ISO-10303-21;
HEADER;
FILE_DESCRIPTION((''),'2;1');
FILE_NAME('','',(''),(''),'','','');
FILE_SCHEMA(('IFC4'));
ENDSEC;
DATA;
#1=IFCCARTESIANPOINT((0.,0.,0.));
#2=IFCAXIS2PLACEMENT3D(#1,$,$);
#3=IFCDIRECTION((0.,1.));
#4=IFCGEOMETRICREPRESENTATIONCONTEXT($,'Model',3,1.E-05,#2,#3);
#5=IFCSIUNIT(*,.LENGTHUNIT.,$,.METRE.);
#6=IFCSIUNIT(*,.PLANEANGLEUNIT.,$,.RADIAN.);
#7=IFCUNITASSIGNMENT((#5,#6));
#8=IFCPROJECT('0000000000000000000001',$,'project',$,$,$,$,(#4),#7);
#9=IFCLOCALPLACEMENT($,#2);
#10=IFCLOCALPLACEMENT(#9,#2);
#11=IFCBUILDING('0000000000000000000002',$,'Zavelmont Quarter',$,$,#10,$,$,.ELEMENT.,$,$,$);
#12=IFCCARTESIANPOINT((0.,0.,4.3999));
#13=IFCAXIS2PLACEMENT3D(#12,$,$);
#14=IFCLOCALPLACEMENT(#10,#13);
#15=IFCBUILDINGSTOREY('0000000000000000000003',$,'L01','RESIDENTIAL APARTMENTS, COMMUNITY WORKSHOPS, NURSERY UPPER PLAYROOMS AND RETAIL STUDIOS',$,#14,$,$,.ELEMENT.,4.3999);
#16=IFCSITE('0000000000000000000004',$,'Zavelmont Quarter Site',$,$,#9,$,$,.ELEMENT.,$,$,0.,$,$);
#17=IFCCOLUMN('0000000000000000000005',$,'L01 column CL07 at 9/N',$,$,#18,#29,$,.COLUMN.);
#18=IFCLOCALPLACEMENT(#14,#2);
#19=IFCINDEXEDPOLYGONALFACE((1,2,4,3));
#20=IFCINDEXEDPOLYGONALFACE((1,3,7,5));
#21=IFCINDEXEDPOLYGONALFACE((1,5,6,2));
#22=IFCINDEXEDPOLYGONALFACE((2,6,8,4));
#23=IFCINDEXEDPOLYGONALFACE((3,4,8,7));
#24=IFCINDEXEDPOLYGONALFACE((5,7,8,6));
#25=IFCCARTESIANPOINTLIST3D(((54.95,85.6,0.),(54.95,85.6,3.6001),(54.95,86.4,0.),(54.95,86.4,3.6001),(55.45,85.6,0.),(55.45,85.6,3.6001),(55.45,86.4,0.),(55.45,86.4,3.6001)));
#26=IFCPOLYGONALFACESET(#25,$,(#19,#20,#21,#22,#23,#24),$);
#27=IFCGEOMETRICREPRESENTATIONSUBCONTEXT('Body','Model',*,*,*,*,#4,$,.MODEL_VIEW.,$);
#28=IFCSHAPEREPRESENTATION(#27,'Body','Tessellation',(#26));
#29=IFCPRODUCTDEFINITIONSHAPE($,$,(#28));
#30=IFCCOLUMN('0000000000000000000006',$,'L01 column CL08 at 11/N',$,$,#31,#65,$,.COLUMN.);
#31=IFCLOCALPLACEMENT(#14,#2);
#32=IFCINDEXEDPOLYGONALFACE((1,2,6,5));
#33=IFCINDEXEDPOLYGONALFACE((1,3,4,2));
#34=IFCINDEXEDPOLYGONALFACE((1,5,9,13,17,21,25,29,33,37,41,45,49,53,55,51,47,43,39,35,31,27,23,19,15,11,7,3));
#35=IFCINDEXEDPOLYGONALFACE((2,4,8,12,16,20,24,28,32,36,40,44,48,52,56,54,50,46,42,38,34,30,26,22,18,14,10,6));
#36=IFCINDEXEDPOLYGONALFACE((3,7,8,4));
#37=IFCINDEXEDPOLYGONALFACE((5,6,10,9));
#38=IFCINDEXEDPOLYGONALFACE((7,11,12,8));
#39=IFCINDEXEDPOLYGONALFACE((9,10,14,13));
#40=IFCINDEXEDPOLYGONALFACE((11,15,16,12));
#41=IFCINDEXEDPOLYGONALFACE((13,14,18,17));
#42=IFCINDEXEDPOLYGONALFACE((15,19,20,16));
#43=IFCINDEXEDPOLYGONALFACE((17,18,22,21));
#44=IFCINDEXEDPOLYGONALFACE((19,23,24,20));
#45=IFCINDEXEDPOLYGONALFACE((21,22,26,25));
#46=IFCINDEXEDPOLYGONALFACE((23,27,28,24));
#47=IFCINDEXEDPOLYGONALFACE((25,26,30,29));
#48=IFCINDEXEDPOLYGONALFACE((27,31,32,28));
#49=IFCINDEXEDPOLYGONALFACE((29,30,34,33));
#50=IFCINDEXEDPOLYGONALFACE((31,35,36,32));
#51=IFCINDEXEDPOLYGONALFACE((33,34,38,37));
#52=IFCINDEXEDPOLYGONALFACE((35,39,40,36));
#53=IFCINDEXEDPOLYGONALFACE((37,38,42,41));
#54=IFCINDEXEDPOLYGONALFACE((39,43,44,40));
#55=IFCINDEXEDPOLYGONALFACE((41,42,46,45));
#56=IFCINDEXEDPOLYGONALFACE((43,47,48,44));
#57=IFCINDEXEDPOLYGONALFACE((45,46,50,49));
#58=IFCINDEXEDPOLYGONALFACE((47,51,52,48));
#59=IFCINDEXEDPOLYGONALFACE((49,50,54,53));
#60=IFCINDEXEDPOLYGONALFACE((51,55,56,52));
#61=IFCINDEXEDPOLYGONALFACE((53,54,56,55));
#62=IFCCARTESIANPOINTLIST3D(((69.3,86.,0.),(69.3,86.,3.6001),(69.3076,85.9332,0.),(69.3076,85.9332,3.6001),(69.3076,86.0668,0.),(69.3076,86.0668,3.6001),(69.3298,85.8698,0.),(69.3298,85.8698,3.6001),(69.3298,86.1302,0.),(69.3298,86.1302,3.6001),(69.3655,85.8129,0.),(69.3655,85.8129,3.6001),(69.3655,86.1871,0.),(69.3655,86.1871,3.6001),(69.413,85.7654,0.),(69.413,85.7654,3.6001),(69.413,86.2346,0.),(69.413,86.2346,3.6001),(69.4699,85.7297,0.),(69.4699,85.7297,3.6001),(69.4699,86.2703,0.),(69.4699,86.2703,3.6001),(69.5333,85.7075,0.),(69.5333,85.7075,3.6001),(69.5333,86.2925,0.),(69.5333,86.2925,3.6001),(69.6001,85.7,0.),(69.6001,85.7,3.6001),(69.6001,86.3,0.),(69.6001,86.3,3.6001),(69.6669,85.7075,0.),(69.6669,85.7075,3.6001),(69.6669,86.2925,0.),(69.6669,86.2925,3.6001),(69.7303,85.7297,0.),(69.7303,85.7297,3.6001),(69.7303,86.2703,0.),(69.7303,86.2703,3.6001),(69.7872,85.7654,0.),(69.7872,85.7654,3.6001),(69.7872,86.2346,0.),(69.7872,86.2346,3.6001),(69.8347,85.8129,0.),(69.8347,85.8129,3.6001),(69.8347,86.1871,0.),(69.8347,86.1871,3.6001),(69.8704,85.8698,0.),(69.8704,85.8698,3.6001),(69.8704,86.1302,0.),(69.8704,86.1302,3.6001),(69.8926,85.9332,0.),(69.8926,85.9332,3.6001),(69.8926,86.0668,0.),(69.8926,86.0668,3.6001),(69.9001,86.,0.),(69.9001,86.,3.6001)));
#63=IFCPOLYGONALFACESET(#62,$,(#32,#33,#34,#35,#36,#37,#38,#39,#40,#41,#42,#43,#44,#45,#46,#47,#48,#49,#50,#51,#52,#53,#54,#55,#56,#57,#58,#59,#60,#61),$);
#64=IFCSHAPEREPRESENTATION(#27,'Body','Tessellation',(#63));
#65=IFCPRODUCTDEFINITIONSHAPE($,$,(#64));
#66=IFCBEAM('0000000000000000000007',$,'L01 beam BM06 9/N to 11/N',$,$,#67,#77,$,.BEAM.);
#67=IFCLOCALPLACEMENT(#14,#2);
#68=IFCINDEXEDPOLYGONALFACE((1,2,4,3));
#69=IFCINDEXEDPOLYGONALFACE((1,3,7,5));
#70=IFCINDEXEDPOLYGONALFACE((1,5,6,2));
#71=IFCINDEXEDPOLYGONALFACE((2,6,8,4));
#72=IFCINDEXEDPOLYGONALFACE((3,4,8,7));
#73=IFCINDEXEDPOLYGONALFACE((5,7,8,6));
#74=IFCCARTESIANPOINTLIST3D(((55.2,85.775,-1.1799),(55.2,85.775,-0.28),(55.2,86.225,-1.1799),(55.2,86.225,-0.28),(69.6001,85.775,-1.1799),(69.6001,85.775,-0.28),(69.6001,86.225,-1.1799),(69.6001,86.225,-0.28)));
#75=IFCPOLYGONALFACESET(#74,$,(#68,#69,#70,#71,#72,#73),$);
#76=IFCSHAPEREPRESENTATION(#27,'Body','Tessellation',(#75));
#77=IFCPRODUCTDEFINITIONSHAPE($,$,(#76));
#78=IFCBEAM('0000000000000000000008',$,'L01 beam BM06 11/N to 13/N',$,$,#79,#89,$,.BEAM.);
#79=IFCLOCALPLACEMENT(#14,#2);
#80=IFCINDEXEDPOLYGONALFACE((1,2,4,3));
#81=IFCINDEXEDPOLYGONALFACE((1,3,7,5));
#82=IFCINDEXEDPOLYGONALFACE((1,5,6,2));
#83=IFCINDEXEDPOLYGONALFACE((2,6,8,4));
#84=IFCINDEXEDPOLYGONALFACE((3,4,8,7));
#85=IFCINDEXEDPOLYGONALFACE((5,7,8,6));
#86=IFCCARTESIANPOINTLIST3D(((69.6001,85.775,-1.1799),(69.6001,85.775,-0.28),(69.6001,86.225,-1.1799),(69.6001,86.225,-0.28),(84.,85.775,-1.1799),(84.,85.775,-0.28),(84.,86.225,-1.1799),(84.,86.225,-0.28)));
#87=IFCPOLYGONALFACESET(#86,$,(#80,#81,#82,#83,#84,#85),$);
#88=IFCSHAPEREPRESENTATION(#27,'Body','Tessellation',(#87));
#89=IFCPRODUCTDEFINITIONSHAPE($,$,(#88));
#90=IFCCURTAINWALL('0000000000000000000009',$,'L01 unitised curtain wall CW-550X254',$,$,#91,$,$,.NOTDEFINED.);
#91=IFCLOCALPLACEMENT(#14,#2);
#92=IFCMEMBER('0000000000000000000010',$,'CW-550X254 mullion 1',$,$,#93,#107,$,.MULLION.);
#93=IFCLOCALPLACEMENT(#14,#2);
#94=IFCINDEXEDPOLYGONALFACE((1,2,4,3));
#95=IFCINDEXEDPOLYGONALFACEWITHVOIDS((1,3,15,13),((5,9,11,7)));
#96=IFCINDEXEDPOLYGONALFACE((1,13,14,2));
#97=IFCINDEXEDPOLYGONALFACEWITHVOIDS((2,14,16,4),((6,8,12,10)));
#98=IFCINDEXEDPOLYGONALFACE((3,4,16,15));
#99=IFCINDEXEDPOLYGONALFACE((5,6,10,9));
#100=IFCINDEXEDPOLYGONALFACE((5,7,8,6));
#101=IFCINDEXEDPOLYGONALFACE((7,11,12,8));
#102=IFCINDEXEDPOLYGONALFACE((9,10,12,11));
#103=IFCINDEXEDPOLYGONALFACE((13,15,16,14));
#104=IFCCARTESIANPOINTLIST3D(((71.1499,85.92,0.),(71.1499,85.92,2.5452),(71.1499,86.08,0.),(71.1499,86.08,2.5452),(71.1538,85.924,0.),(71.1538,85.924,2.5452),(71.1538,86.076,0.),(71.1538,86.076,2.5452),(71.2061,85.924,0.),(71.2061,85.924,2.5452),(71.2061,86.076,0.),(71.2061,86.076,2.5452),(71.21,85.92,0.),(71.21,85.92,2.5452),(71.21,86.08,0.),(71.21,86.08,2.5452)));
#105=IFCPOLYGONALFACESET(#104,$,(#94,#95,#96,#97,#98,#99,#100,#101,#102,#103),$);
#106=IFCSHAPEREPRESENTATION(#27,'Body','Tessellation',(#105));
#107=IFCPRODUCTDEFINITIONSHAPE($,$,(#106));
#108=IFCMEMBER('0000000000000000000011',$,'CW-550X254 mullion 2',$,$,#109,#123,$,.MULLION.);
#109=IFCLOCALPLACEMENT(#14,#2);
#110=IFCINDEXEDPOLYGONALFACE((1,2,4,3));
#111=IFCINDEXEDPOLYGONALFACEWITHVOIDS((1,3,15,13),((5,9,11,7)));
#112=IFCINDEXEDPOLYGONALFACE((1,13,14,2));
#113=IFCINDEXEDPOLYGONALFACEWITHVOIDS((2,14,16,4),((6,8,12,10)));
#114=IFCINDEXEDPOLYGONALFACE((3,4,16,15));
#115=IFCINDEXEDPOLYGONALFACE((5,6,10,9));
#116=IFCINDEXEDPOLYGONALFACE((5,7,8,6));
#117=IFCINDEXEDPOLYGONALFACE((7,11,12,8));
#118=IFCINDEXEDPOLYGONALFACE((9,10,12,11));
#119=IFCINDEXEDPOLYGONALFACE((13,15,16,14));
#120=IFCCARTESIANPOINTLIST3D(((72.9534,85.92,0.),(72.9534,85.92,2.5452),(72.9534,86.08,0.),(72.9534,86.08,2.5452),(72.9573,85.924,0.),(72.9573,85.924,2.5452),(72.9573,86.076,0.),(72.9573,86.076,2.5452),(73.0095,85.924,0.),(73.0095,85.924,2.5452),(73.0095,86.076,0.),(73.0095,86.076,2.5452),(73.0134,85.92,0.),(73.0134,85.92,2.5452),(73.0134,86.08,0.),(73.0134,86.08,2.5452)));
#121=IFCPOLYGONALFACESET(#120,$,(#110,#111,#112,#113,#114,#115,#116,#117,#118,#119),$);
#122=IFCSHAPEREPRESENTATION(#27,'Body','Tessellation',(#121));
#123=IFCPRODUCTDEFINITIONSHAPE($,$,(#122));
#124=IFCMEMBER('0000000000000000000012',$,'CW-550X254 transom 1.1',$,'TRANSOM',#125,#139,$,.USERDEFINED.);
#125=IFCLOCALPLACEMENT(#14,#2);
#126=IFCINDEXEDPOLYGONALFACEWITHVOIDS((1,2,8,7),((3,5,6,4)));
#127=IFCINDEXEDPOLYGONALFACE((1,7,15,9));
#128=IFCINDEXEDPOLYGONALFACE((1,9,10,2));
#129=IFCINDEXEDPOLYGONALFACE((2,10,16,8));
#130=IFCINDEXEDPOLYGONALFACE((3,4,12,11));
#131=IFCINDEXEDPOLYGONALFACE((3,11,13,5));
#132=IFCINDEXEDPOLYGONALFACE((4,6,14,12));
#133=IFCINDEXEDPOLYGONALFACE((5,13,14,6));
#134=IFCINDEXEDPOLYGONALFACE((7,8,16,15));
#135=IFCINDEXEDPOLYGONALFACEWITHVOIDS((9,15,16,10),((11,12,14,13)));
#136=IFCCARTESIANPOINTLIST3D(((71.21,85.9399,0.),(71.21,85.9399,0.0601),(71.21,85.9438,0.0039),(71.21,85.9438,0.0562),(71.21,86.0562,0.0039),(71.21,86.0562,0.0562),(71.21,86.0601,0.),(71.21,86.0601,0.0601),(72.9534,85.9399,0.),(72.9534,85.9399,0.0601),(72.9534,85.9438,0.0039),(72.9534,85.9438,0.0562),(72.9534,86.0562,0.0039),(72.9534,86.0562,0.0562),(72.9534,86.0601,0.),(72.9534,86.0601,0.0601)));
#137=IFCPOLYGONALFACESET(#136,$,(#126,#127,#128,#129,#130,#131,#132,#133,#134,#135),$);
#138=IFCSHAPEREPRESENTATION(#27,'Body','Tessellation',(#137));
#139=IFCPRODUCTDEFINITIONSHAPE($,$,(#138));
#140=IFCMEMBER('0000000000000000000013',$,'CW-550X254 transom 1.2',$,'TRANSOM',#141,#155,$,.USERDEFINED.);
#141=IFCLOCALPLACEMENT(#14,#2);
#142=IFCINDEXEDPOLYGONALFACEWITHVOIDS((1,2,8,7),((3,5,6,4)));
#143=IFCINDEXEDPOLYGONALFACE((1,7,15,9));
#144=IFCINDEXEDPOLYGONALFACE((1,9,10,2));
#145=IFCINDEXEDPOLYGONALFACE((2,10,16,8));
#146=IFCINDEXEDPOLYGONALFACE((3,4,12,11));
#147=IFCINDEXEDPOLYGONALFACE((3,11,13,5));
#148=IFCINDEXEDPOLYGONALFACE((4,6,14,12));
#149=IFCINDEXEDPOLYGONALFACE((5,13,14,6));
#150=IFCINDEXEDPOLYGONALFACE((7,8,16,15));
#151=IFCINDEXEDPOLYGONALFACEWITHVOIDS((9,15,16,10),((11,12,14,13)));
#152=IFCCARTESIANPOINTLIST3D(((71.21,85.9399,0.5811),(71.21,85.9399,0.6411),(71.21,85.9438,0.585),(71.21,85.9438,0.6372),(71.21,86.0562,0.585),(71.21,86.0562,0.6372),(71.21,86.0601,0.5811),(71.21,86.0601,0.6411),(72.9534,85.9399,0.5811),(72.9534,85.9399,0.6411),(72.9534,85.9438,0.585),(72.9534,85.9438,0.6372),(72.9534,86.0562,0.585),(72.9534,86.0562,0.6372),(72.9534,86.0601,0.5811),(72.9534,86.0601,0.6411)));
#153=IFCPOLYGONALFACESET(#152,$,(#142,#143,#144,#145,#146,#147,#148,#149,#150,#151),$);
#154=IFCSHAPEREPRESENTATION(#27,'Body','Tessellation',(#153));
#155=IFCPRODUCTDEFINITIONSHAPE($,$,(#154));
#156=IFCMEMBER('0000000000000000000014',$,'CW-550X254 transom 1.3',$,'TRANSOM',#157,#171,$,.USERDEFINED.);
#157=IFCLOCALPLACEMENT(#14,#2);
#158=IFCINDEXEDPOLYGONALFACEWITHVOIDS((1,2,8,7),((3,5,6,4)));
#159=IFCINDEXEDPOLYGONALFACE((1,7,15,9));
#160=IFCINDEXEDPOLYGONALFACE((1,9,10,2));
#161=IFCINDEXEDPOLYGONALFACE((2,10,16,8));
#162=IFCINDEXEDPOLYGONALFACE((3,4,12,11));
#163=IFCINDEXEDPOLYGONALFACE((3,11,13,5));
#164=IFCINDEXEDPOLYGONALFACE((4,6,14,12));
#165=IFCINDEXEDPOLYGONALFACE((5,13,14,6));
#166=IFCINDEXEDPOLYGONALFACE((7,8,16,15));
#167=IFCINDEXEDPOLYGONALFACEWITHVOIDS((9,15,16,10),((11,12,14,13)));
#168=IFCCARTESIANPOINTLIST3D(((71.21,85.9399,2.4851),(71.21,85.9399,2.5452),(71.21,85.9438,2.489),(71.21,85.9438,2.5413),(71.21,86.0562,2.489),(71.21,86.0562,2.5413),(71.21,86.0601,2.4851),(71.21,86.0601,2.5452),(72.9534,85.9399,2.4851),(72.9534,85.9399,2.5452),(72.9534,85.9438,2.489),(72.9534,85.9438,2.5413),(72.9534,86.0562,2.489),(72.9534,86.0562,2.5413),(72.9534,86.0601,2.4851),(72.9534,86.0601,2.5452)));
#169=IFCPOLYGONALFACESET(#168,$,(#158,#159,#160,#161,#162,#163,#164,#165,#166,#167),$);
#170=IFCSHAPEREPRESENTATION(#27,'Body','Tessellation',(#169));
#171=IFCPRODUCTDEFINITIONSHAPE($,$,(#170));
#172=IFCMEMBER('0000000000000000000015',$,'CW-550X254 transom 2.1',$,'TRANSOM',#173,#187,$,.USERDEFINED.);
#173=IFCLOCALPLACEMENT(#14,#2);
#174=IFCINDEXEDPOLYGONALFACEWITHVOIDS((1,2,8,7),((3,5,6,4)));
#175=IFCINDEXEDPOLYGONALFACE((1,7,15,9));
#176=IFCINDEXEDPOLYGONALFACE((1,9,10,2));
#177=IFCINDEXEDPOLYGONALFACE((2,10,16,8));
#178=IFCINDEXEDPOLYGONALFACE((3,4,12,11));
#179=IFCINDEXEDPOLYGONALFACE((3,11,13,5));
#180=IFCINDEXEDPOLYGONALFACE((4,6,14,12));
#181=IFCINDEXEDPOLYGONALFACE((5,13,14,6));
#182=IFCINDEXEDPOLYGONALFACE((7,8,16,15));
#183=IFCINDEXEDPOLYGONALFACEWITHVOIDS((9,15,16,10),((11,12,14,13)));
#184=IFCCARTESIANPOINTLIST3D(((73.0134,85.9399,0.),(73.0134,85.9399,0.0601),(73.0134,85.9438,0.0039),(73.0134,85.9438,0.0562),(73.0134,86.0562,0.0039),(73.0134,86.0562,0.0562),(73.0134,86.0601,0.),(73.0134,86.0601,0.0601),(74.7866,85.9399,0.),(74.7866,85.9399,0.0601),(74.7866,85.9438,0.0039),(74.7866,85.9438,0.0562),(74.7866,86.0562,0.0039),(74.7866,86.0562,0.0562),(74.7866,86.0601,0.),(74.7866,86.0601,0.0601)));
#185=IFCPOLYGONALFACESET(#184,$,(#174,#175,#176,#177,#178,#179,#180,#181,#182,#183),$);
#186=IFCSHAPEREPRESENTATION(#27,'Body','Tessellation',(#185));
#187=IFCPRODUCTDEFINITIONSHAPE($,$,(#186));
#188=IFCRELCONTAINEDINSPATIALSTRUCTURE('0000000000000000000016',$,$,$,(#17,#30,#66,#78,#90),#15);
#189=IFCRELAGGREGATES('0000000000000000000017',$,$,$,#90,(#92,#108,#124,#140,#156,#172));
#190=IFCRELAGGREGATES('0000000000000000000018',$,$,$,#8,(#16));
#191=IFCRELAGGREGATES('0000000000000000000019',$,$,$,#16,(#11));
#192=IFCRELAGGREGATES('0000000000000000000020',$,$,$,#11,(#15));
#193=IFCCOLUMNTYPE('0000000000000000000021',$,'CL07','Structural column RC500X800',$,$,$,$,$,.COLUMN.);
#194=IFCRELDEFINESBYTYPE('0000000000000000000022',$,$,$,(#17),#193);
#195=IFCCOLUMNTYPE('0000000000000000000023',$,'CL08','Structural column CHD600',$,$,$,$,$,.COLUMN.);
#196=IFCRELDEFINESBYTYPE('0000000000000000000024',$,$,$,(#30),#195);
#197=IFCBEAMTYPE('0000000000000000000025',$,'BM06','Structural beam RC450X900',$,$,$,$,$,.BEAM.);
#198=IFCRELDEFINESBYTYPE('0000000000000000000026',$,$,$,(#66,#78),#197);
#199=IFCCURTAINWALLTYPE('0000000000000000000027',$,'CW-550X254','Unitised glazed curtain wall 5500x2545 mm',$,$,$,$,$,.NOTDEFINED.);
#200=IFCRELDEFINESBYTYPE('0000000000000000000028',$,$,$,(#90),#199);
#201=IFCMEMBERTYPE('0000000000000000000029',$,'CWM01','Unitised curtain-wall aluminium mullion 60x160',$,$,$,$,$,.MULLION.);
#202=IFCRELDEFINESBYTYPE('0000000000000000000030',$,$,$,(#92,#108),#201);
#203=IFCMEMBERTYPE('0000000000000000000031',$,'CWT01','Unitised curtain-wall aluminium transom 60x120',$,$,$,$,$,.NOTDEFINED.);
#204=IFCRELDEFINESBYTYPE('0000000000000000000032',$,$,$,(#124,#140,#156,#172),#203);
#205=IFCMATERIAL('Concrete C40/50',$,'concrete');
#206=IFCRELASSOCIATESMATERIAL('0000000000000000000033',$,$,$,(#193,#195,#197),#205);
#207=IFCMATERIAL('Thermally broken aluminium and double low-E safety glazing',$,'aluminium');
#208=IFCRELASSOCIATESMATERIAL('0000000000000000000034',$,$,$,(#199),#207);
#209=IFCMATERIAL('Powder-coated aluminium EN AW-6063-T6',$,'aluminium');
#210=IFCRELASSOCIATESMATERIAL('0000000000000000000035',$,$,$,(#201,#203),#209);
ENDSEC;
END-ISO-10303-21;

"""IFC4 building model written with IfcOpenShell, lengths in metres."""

from ifc_helpers import new_model, si_unit, direction, frame, origin, origin_2d, place, context, subcontext, project, spatial, rectangle, hollow_rectangle, circle, extrude, material, material_profile, profile_set, type_object, element, aggregate, save


model = new_model("IFC4")

# Units and contexts
model_context = context("Model", 3, precision=1e-05, world=origin(), true_north=direction((0.0, 1.0)))
body_context = subcontext(model_context, "Body", "Model", "MODEL_VIEW")
ifc_project = project(units=[si_unit("LENGTHUNIT", "METRE"), si_unit("PLANEANGLEUNIT", "RADIAN")], contexts=[model_context])

# Site, building, storey
site_placement = place(None, origin())
site = spatial("IfcSite", under=ifc_project, at=site_placement, Name="Zavelmont Quarter Site", CompositionType="ELEMENT", RefElevation=0.0)
building_placement = place(site_placement, origin())
building = spatial("IfcBuilding", under=site, at=building_placement, Name="Zavelmont Quarter", CompositionType="ELEMENT")
storey_placement = place(building_placement, frame((0.0, 0.0, 4.3999)))
storey = spatial("IfcBuildingStorey", under=building, at=storey_placement, Name="L01", Description="RESIDENTIAL APARTMENTS, COMMUNITY WORKSHOPS, NURSERY UPPER PLAYROOMS AND RETAIL STUDIOS", CompositionType="ELEMENT", Elevation=4.3999)

# Columns
ifc_material_1 = material(Name="Concrete C40/50", Category="concrete")
ifc_material_profile_1 = material_profile(ifc_material_1, rectangle(XDim=0.5, YDim=0.8, at=origin_2d()), Name="RC500X800")
ifc_profile_set_1 = profile_set([ifc_material_profile_1], Name="Concrete C40/50")
column_type_1 = type_object("IfcColumnType", Name="CL07", Description="Structural column RC500X800", PredefinedType="COLUMN", material=ifc_profile_set_1)
column_1_placement = place(storey_placement, frame((55.2, 86.0, 0.0), z_axis=(0.0, 0.0, 1.0), x_axis=(1.0, 0.0, 0.0)))
element("IfcColumn", 1, at=column_1_placement, inside=storey, type_object=column_type_1, Name="L01 column CL07 at 9/N", PredefinedType="COLUMN", context=body_context, shape_type="SweptSolid", body=[
    extrude(rectangle(XDim=0.5, YDim=0.8, at=origin_2d()), origin(), (0.0, 0.0, 1.0), 3.6001),
])
ifc_material_profile_2 = material_profile(ifc_material_1, circle(Radius=0.3, at=origin_2d()), Name="CHD600")
ifc_profile_set_2 = profile_set([ifc_material_profile_2], Name="Concrete C40/50")
column_type_2 = type_object("IfcColumnType", Name="CL08", Description="Structural column CHD600", PredefinedType="COLUMN", material=ifc_profile_set_2)
column_2_placement = place(storey_placement, frame((69.6001, 86.0, 0.0), z_axis=(0.0, 0.0, 1.0), x_axis=(1.0, 0.0, 0.0)))
element("IfcColumn", 2, at=column_2_placement, inside=storey, type_object=column_type_2, Name="L01 column CL08 at 11/N", PredefinedType="COLUMN", context=body_context, shape_type="SweptSolid", body=[
    extrude(circle(Radius=0.3, at=origin_2d()), origin(), (0.0, 0.0, 1.0), 3.6001),
])

# Beams
ifc_material_profile_3 = material_profile(ifc_material_1, rectangle(XDim=0.45, YDim=0.8999, at=origin_2d()), Name="RC450X900")
ifc_profile_set_3 = profile_set([ifc_material_profile_3], Name="Concrete C40/50")
beam_type = type_object("IfcBeamType", Name="BM06", Description="Structural beam RC450X900", PredefinedType="BEAM", material=ifc_profile_set_3)
beam_1_placement = place(storey_placement, frame((55.2, 86.0, -0.73), z_axis=(1.0, 0.0, 0.0), x_axis=(0.0, 1.0, 0.0)))
element("IfcBeam", 3, at=beam_1_placement, inside=storey, type_object=beam_type, Name="L01 beam BM06 9/N to 11/N", PredefinedType="BEAM", context=body_context, shape_type="SweptSolid", body=[
    extrude(rectangle(XDim=0.45, YDim=0.8999, at=origin_2d()), origin(), (0.0, 0.0, 1.0), 14.4001),
])
beam_2_placement = place(storey_placement, frame((69.6001, 86.0, -0.73), z_axis=(1.0, 0.0, 0.0), x_axis=(0.0, 1.0, 0.0)))
element("IfcBeam", 4, at=beam_2_placement, inside=storey, type_object=beam_type, Name="L01 beam BM06 11/N to 13/N", PredefinedType="BEAM", context=body_context, shape_type="SweptSolid", body=[
    extrude(rectangle(XDim=0.45, YDim=0.8999, at=origin_2d()), origin(), (0.0, 0.0, 1.0), 14.3999),
])

# Curtain wall, members
ifc_material_2 = material(Name="Thermally broken aluminium and double low-E safety glazing", Category="aluminium")
curtain_wall_type = type_object("IfcCurtainWallType", Name="CW-550X254", Description="Unitised glazed curtain wall 5500x2545 mm", PredefinedType="NOTDEFINED", material=ifc_material_2)
curtain_wall_placement = place(storey_placement, origin())
curtain_wall = element("IfcCurtainWall", 5, at=curtain_wall_placement, inside=storey, type_object=curtain_wall_type, Name="L01 unitised curtain wall CW-550X254", PredefinedType="NOTDEFINED")
ifc_material_3 = material(Name="Powder-coated aluminium EN AW-6063-T6", Category="aluminium")
ifc_material_profile_4 = material_profile(ifc_material_3, hollow_rectangle(XDim=0.0601, YDim=0.1599, WallThickness=0.0039, at=origin_2d()), Name="CWM60X160")
ifc_profile_set_4 = profile_set([ifc_material_profile_4], Name="Powder-coated aluminium EN AW-6063-T6")
member_type_1 = type_object("IfcMemberType", Name="CWM01", Description="Unitised curtain-wall aluminium mullion 60x160", PredefinedType="MULLION", material=ifc_profile_set_4)
member_1_placement = place(storey_placement, frame((71.1799, 86.0, 0.0), z_axis=(0.0, 0.0, 1.0), x_axis=(1.0, 0.0, 0.0)))
member_1 = element("IfcMember", 6, at=member_1_placement, type_object=member_type_1, Name="CW-550X254 mullion 1", PredefinedType="MULLION", context=body_context, shape_type="SweptSolid", body=[
    extrude(hollow_rectangle(XDim=0.0601, YDim=0.1599, WallThickness=0.0039, at=origin_2d()), origin(), (0.0, 0.0, 1.0), 2.5452),
])
member_2_placement = place(storey_placement, frame((72.9834, 86.0, 0.0), z_axis=(0.0, 0.0, 1.0), x_axis=(1.0, 0.0, 0.0)))
member_2 = element("IfcMember", 7, at=member_2_placement, type_object=member_type_1, Name="CW-550X254 mullion 2", PredefinedType="MULLION", context=body_context, shape_type="SweptSolid", body=[
    extrude(hollow_rectangle(XDim=0.0601, YDim=0.1599, WallThickness=0.0039, at=origin_2d()), origin(), (0.0, 0.0, 1.0), 2.5452),
])
ifc_material_profile_5 = material_profile(ifc_material_3, hollow_rectangle(XDim=0.1201, YDim=0.0601, WallThickness=0.0039, at=origin_2d()), Name="CWT60X120")
ifc_profile_set_5 = profile_set([ifc_material_profile_5], Name="Powder-coated aluminium EN AW-6063-T6")
member_type_2 = type_object("IfcMemberType", Name="CWT01", Description="Unitised curtain-wall aluminium transom 60x120", PredefinedType="NOTDEFINED", material=ifc_profile_set_5)
member_3_placement = place(storey_placement, frame((71.21, 86.0, 0.03), z_axis=(1.0, 0.0, 0.0), x_axis=(0.0, 1.0, 0.0)))
member_3 = element("IfcMember", 8, at=member_3_placement, type_object=member_type_2, Name="CW-550X254 transom 1.1", ObjectType="TRANSOM", PredefinedType="USERDEFINED", context=body_context, shape_type="SweptSolid", body=[
    extrude(hollow_rectangle(XDim=0.1201, YDim=0.0601, WallThickness=0.0039, at=origin_2d()), origin(), (0.0, 0.0, 1.0), 1.7434),
])
member_4_placement = place(storey_placement, frame((71.21, 86.0, 0.6111), z_axis=(1.0, 0.0, 0.0), x_axis=(0.0, 1.0, 0.0)))
member_4 = element("IfcMember", 9, at=member_4_placement, type_object=member_type_2, Name="CW-550X254 transom 1.2", ObjectType="TRANSOM", PredefinedType="USERDEFINED", context=body_context, shape_type="SweptSolid", body=[
    extrude(hollow_rectangle(XDim=0.1201, YDim=0.0601, WallThickness=0.0039, at=origin_2d()), origin(), (0.0, 0.0, 1.0), 1.7434),
])
member_5_placement = place(storey_placement, frame((71.21, 86.0, 2.5151), z_axis=(1.0, 0.0, 0.0), x_axis=(0.0, 1.0, 0.0)))
member_5 = element("IfcMember", 10, at=member_5_placement, type_object=member_type_2, Name="CW-550X254 transom 1.3", ObjectType="TRANSOM", PredefinedType="USERDEFINED", context=body_context, shape_type="SweptSolid", body=[
    extrude(hollow_rectangle(XDim=0.1201, YDim=0.0601, WallThickness=0.0039, at=origin_2d()), origin(), (0.0, 0.0, 1.0), 1.7434),
])
member_6_placement = place(storey_placement, frame((73.0134, 86.0, 0.03), z_axis=(1.0, 0.0, 0.0), x_axis=(0.0, 1.0, 0.0)))
member_6 = element("IfcMember", 11, at=member_6_placement, type_object=member_type_2, Name="CW-550X254 transom 2.1", ObjectType="TRANSOM", PredefinedType="USERDEFINED", context=body_context, shape_type="SweptSolid", body=[
    extrude(hollow_rectangle(XDim=0.1201, YDim=0.0601, WallThickness=0.0039, at=origin_2d()), origin(), (0.0, 0.0, 1.0), 1.7732),
])
aggregate(curtain_wall, [member_1, member_2, member_3, member_4, member_5, member_6])

save(model, "model.ifc")
